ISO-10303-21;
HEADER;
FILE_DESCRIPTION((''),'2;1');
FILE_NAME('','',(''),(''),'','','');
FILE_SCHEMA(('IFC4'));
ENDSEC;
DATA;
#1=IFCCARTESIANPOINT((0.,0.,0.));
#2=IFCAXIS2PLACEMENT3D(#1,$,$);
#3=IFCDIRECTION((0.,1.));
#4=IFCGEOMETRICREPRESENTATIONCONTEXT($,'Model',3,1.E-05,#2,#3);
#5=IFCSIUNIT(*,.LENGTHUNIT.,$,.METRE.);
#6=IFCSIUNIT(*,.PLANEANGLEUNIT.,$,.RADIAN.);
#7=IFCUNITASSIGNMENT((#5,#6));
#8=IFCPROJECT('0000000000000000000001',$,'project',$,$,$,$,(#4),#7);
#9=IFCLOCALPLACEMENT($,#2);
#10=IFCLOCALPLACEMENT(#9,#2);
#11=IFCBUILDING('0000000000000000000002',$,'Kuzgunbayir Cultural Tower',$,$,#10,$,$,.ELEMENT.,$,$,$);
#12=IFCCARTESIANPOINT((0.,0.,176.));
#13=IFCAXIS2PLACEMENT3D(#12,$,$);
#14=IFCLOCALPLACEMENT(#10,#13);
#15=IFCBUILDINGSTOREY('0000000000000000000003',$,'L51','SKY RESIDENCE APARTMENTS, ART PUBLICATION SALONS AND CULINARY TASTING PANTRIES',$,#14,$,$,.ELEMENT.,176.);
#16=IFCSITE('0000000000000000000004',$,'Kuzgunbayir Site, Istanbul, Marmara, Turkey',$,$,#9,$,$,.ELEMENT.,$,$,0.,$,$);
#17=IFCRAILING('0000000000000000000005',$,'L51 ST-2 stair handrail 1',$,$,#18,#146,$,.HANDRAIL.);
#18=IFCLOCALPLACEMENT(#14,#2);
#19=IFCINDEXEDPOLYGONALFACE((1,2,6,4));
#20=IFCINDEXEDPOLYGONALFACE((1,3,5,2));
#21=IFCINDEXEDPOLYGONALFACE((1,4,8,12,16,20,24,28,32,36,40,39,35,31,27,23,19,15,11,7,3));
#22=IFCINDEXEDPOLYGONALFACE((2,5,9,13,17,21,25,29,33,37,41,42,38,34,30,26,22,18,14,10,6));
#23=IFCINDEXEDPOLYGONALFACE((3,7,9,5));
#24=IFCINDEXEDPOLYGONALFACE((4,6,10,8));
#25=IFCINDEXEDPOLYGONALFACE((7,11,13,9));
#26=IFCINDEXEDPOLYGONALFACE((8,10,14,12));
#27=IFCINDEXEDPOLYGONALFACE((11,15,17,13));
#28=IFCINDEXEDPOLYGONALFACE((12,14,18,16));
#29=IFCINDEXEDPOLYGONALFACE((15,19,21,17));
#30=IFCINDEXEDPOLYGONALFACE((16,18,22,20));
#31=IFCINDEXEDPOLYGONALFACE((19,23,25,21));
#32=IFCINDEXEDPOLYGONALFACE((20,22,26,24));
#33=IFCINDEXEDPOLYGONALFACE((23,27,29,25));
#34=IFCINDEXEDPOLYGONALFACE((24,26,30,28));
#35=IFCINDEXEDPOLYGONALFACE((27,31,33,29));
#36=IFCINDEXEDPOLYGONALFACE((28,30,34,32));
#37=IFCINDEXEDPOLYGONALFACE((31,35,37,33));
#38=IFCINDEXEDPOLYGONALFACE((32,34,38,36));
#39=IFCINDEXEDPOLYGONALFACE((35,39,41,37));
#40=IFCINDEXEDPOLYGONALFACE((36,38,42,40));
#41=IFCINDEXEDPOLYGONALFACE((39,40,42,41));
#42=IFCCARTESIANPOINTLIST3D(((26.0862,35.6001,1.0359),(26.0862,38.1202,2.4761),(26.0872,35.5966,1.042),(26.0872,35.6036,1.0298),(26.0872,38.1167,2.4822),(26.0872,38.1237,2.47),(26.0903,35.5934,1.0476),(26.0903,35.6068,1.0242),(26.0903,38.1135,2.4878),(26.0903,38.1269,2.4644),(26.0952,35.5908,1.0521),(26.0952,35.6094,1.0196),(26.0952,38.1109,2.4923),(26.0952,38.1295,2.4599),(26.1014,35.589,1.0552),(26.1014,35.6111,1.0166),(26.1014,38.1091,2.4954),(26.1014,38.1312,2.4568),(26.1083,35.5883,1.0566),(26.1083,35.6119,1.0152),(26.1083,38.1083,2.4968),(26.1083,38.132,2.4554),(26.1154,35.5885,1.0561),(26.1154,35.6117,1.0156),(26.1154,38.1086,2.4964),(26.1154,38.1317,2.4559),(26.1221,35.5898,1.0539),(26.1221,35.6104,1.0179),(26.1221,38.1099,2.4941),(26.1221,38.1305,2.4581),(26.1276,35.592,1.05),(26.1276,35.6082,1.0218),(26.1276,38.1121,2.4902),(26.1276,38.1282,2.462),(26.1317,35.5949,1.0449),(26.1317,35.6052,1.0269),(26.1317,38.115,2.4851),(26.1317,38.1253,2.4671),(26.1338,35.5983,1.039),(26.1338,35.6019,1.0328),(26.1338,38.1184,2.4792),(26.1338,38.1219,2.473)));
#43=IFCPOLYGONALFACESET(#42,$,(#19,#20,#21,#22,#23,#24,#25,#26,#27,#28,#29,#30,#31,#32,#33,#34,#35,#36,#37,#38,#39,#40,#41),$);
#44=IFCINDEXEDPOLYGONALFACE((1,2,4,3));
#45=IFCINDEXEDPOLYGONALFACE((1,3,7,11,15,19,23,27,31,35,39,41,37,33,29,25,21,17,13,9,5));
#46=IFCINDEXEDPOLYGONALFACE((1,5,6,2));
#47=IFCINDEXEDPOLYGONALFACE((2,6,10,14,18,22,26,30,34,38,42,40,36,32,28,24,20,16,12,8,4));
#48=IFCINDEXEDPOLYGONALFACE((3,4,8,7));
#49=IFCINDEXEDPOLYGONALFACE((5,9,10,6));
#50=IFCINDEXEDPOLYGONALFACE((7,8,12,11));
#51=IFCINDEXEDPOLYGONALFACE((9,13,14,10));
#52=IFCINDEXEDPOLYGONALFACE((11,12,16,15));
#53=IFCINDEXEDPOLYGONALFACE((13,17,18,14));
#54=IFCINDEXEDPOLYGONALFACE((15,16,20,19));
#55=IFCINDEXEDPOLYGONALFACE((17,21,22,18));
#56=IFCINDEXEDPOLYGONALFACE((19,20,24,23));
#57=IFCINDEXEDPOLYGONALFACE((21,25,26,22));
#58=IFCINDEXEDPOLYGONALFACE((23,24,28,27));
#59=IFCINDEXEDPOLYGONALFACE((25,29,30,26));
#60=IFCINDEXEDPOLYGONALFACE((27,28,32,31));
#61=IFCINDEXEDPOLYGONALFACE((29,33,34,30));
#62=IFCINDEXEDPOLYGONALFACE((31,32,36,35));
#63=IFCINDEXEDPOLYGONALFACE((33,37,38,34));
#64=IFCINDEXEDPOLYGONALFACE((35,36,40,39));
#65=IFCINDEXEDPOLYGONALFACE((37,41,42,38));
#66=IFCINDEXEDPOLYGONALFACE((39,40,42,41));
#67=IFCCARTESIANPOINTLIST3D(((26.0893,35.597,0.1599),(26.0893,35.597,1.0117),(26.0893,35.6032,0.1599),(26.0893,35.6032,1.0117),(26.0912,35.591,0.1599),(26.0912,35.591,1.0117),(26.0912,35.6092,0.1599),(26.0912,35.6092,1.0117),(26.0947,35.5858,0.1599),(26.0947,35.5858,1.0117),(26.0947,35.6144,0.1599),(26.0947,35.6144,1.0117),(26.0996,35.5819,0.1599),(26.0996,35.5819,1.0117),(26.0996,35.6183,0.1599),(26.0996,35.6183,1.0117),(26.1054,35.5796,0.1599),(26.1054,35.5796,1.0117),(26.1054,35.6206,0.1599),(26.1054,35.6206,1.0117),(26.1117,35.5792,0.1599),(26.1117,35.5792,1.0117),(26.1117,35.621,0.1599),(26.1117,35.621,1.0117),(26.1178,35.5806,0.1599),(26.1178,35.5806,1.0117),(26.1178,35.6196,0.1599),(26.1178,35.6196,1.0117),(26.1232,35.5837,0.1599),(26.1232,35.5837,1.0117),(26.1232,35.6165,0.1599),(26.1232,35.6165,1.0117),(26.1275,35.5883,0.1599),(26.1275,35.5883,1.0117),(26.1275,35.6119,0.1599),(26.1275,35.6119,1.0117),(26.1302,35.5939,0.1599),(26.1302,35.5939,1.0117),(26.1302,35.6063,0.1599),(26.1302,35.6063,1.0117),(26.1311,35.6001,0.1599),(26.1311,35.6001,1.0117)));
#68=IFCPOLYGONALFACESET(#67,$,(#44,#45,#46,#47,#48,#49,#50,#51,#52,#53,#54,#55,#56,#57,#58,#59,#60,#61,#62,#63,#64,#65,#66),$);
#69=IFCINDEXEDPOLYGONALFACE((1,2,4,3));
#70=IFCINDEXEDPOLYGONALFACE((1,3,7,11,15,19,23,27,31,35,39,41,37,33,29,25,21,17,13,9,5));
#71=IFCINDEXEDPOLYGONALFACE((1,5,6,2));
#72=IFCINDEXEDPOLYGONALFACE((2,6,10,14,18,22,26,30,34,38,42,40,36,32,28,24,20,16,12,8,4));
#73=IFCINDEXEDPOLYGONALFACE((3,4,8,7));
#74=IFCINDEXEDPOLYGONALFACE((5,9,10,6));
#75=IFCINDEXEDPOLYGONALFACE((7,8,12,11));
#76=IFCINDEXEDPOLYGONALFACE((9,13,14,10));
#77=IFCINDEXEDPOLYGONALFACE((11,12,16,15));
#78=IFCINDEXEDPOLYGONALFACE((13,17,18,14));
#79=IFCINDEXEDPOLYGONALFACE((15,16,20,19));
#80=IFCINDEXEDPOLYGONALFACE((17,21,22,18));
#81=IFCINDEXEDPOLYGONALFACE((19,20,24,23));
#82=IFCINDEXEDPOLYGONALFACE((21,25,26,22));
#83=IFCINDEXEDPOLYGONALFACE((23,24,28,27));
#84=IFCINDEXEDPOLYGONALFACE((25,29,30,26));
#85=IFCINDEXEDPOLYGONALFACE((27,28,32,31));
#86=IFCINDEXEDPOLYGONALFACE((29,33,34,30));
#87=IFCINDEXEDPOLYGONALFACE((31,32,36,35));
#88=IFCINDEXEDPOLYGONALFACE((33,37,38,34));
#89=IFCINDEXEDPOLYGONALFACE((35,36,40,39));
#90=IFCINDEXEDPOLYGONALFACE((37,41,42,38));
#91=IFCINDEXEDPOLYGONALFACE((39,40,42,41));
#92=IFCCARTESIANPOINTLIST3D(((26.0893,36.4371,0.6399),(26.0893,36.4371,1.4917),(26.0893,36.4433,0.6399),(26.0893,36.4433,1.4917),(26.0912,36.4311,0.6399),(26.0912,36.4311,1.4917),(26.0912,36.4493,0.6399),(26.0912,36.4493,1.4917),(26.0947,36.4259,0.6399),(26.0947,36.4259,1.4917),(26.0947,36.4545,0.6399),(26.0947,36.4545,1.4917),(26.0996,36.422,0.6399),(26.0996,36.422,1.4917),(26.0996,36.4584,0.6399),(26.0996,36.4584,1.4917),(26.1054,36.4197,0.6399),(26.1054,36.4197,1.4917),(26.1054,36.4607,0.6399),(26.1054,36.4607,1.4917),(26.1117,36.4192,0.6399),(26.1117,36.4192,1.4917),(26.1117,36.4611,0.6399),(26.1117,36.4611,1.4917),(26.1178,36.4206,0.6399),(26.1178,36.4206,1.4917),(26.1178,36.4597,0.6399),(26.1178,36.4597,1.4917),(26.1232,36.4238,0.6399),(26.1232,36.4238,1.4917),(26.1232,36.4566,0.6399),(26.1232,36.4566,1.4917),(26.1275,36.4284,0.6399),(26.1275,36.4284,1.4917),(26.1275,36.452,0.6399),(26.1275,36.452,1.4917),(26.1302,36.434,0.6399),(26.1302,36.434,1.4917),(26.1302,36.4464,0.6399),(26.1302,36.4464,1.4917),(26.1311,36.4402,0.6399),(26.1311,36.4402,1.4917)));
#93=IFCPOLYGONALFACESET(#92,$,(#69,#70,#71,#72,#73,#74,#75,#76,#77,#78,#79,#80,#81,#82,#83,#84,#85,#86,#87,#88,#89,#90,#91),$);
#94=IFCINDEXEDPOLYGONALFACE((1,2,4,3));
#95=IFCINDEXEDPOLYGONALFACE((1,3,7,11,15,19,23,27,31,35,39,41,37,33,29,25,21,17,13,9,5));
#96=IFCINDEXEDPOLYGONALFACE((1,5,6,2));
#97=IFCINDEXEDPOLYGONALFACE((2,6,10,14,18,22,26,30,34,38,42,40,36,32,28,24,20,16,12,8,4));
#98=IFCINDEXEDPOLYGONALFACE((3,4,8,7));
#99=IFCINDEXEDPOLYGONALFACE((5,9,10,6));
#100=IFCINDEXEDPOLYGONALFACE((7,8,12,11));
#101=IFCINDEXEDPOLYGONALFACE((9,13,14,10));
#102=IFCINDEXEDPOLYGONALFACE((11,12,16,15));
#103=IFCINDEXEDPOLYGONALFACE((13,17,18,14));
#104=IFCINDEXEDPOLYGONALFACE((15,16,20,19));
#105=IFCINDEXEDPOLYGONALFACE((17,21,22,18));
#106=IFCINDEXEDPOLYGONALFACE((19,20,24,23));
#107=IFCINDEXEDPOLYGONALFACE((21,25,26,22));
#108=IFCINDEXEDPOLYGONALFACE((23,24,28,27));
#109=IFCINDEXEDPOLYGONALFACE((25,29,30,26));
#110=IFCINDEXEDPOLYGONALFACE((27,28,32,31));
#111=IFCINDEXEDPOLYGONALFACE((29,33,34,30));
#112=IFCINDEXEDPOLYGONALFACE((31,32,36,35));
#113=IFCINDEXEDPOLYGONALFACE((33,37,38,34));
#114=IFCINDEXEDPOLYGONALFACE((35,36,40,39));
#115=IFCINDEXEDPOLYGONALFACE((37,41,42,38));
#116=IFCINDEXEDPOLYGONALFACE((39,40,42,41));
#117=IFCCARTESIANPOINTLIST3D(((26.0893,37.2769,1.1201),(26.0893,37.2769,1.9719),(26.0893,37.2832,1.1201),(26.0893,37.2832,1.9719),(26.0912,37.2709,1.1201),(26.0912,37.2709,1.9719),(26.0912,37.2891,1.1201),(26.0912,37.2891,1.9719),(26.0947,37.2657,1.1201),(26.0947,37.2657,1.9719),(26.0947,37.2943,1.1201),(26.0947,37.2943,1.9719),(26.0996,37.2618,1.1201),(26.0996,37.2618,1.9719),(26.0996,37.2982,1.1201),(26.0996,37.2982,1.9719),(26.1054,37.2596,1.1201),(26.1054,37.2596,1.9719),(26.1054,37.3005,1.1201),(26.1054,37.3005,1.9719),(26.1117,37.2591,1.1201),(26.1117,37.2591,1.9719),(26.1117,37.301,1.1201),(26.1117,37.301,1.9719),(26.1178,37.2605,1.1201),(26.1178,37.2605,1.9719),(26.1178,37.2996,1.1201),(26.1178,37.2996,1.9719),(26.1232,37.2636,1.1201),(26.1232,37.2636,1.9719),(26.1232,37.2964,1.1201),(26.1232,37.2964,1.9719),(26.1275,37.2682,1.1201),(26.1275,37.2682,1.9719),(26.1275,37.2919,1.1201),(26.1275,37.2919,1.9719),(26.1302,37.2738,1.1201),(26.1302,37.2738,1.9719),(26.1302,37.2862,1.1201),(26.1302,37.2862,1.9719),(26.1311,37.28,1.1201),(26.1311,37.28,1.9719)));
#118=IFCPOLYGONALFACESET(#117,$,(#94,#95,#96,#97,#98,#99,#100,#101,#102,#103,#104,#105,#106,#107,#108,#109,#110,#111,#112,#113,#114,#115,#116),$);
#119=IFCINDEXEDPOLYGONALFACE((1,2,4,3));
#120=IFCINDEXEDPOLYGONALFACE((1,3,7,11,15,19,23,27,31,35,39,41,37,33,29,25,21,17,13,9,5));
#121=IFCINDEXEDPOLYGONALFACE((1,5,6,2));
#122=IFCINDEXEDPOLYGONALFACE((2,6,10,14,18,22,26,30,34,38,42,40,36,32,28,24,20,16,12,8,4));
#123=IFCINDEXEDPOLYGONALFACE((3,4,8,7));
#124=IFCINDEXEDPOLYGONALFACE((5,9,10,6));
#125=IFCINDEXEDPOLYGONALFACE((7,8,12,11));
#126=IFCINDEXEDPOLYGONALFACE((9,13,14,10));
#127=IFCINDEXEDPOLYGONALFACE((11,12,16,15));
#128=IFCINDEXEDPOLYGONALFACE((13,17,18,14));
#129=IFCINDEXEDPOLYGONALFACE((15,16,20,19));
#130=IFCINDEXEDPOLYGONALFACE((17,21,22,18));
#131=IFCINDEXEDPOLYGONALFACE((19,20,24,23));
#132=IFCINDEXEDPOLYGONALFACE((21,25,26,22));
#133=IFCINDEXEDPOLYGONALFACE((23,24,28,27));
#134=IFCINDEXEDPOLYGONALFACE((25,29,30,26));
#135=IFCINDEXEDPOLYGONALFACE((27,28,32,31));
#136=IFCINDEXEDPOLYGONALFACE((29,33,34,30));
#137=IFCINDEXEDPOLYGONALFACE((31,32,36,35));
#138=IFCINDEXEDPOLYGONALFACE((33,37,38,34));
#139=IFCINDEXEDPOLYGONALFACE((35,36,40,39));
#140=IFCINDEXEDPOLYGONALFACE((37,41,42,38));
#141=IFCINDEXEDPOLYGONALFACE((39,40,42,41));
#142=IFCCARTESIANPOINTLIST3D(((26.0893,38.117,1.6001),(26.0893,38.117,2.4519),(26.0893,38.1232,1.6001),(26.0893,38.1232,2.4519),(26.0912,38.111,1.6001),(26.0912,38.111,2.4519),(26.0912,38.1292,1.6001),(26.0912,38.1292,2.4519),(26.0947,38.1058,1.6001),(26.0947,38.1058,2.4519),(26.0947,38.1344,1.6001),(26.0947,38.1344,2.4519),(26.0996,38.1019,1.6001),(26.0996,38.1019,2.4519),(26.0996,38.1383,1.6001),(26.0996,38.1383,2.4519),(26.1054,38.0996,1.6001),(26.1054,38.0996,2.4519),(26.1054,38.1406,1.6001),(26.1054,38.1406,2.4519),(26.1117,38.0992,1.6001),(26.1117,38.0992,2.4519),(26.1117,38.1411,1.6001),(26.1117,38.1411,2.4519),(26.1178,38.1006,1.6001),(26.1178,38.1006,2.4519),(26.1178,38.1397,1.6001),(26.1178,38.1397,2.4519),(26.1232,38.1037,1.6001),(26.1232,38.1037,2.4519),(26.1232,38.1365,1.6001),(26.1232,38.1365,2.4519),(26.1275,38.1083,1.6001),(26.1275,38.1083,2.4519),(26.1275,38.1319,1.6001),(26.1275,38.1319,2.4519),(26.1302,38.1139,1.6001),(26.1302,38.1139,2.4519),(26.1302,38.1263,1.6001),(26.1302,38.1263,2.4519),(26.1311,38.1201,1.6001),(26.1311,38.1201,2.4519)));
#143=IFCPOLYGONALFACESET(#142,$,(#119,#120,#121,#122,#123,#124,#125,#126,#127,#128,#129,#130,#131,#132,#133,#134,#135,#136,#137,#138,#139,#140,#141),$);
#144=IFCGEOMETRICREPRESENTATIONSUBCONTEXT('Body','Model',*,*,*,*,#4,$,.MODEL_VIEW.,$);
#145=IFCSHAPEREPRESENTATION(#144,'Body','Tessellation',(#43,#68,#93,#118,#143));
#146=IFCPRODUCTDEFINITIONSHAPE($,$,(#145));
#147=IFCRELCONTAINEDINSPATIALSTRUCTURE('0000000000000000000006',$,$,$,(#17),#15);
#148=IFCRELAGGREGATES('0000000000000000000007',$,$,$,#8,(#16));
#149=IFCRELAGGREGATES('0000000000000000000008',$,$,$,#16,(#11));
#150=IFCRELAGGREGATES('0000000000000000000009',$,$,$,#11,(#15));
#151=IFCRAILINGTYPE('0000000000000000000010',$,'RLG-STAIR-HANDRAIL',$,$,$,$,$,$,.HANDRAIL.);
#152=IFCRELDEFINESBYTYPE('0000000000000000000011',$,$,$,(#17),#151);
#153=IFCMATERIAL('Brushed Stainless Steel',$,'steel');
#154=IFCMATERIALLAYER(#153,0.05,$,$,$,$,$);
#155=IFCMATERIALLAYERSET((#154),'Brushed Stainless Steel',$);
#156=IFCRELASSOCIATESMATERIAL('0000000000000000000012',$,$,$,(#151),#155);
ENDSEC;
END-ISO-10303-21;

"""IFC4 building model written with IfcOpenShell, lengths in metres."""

from ifc_helpers import new_model, si_unit, direction, frame, origin, origin_2d, place, context, subcontext, project, spatial, circle, extrude, material, layer, layer_set, type_object, element, save


model = new_model("IFC4")

# Units and contexts
model_context = context("Model", 3, precision=1e-05, world=origin(), true_north=direction((0.0, 1.0)))
body_context = subcontext(model_context, "Body", "Model", "MODEL_VIEW")
ifc_project = project(units=[si_unit("LENGTHUNIT", "METRE"), si_unit("PLANEANGLEUNIT", "RADIAN")], contexts=[model_context])

# Site, building, storey
site_placement = place(None, origin())
site = spatial("IfcSite", under=ifc_project, at=site_placement, Name="Kuzgunbayir Site, Istanbul, Marmara, Turkey", CompositionType="ELEMENT", RefElevation=0.0)
building_placement = place(site_placement, origin())
building = spatial("IfcBuilding", under=site, at=building_placement, Name="Kuzgunbayir Cultural Tower", CompositionType="ELEMENT")
storey_placement = place(building_placement, frame((0.0, 0.0, 176.0)))
storey = spatial("IfcBuildingStorey", under=building, at=storey_placement, Name="L51", Description="SKY RESIDENCE APARTMENTS, ART PUBLICATION SALONS AND CULINARY TASTING PANTRIES", CompositionType="ELEMENT", Elevation=176.0)

# Shared definitions
ifc_material_1 = material(Name="Brushed Stainless Steel", Category="steel")

# Railing
ifc_layer_1 = layer(ifc_material_1, 0.05)
ifc_layer_set_1 = layer_set([ifc_layer_1], Name="Brushed Stainless Steel")
railing_type_1 = type_object("IfcRailingType", Name="RLG-STAIR-HANDRAIL", PredefinedType="HANDRAIL", material=ifc_layer_set_1)
railing_1_placement = place(storey_placement, frame((26.1101, 35.6001, 0.1599)))
element("IfcRailing", 1, at=railing_1_placement, inside=storey, type_object=railing_type_1, Name="L51 ST-2 stair handrail 1", PredefinedType="HANDRAIL", context=body_context, shape_type="SweptSolid", body=[
    extrude(circle(Radius=0.0239, at=origin_2d()), frame((0.0, 0.0, 0.876), z_axis=(0.0, 0.868217, 0.496184), x_axis=(-1.0, 0.0, 0.0)), (0.0, 0.0, 1.0), 2.9026),
    extrude(circle(Radius=0.021, at=origin_2d()), origin(), (0.0, 0.0, 1.0), 0.8518),
    extrude(circle(Radius=0.021, at=origin_2d()), frame((0.0, 0.8401, 0.48)), (0.0, 0.0, 1.0), 0.8518),
    extrude(circle(Radius=0.021, at=origin_2d()), frame((0.0, 1.6799, 0.9602)), (0.0, 0.0, 1.0), 0.8518),
    extrude(circle(Radius=0.021, at=origin_2d()), frame((0.0, 2.52, 1.4402)), (0.0, 0.0, 1.0), 0.8518),
])

save(model, "model.ifc")
